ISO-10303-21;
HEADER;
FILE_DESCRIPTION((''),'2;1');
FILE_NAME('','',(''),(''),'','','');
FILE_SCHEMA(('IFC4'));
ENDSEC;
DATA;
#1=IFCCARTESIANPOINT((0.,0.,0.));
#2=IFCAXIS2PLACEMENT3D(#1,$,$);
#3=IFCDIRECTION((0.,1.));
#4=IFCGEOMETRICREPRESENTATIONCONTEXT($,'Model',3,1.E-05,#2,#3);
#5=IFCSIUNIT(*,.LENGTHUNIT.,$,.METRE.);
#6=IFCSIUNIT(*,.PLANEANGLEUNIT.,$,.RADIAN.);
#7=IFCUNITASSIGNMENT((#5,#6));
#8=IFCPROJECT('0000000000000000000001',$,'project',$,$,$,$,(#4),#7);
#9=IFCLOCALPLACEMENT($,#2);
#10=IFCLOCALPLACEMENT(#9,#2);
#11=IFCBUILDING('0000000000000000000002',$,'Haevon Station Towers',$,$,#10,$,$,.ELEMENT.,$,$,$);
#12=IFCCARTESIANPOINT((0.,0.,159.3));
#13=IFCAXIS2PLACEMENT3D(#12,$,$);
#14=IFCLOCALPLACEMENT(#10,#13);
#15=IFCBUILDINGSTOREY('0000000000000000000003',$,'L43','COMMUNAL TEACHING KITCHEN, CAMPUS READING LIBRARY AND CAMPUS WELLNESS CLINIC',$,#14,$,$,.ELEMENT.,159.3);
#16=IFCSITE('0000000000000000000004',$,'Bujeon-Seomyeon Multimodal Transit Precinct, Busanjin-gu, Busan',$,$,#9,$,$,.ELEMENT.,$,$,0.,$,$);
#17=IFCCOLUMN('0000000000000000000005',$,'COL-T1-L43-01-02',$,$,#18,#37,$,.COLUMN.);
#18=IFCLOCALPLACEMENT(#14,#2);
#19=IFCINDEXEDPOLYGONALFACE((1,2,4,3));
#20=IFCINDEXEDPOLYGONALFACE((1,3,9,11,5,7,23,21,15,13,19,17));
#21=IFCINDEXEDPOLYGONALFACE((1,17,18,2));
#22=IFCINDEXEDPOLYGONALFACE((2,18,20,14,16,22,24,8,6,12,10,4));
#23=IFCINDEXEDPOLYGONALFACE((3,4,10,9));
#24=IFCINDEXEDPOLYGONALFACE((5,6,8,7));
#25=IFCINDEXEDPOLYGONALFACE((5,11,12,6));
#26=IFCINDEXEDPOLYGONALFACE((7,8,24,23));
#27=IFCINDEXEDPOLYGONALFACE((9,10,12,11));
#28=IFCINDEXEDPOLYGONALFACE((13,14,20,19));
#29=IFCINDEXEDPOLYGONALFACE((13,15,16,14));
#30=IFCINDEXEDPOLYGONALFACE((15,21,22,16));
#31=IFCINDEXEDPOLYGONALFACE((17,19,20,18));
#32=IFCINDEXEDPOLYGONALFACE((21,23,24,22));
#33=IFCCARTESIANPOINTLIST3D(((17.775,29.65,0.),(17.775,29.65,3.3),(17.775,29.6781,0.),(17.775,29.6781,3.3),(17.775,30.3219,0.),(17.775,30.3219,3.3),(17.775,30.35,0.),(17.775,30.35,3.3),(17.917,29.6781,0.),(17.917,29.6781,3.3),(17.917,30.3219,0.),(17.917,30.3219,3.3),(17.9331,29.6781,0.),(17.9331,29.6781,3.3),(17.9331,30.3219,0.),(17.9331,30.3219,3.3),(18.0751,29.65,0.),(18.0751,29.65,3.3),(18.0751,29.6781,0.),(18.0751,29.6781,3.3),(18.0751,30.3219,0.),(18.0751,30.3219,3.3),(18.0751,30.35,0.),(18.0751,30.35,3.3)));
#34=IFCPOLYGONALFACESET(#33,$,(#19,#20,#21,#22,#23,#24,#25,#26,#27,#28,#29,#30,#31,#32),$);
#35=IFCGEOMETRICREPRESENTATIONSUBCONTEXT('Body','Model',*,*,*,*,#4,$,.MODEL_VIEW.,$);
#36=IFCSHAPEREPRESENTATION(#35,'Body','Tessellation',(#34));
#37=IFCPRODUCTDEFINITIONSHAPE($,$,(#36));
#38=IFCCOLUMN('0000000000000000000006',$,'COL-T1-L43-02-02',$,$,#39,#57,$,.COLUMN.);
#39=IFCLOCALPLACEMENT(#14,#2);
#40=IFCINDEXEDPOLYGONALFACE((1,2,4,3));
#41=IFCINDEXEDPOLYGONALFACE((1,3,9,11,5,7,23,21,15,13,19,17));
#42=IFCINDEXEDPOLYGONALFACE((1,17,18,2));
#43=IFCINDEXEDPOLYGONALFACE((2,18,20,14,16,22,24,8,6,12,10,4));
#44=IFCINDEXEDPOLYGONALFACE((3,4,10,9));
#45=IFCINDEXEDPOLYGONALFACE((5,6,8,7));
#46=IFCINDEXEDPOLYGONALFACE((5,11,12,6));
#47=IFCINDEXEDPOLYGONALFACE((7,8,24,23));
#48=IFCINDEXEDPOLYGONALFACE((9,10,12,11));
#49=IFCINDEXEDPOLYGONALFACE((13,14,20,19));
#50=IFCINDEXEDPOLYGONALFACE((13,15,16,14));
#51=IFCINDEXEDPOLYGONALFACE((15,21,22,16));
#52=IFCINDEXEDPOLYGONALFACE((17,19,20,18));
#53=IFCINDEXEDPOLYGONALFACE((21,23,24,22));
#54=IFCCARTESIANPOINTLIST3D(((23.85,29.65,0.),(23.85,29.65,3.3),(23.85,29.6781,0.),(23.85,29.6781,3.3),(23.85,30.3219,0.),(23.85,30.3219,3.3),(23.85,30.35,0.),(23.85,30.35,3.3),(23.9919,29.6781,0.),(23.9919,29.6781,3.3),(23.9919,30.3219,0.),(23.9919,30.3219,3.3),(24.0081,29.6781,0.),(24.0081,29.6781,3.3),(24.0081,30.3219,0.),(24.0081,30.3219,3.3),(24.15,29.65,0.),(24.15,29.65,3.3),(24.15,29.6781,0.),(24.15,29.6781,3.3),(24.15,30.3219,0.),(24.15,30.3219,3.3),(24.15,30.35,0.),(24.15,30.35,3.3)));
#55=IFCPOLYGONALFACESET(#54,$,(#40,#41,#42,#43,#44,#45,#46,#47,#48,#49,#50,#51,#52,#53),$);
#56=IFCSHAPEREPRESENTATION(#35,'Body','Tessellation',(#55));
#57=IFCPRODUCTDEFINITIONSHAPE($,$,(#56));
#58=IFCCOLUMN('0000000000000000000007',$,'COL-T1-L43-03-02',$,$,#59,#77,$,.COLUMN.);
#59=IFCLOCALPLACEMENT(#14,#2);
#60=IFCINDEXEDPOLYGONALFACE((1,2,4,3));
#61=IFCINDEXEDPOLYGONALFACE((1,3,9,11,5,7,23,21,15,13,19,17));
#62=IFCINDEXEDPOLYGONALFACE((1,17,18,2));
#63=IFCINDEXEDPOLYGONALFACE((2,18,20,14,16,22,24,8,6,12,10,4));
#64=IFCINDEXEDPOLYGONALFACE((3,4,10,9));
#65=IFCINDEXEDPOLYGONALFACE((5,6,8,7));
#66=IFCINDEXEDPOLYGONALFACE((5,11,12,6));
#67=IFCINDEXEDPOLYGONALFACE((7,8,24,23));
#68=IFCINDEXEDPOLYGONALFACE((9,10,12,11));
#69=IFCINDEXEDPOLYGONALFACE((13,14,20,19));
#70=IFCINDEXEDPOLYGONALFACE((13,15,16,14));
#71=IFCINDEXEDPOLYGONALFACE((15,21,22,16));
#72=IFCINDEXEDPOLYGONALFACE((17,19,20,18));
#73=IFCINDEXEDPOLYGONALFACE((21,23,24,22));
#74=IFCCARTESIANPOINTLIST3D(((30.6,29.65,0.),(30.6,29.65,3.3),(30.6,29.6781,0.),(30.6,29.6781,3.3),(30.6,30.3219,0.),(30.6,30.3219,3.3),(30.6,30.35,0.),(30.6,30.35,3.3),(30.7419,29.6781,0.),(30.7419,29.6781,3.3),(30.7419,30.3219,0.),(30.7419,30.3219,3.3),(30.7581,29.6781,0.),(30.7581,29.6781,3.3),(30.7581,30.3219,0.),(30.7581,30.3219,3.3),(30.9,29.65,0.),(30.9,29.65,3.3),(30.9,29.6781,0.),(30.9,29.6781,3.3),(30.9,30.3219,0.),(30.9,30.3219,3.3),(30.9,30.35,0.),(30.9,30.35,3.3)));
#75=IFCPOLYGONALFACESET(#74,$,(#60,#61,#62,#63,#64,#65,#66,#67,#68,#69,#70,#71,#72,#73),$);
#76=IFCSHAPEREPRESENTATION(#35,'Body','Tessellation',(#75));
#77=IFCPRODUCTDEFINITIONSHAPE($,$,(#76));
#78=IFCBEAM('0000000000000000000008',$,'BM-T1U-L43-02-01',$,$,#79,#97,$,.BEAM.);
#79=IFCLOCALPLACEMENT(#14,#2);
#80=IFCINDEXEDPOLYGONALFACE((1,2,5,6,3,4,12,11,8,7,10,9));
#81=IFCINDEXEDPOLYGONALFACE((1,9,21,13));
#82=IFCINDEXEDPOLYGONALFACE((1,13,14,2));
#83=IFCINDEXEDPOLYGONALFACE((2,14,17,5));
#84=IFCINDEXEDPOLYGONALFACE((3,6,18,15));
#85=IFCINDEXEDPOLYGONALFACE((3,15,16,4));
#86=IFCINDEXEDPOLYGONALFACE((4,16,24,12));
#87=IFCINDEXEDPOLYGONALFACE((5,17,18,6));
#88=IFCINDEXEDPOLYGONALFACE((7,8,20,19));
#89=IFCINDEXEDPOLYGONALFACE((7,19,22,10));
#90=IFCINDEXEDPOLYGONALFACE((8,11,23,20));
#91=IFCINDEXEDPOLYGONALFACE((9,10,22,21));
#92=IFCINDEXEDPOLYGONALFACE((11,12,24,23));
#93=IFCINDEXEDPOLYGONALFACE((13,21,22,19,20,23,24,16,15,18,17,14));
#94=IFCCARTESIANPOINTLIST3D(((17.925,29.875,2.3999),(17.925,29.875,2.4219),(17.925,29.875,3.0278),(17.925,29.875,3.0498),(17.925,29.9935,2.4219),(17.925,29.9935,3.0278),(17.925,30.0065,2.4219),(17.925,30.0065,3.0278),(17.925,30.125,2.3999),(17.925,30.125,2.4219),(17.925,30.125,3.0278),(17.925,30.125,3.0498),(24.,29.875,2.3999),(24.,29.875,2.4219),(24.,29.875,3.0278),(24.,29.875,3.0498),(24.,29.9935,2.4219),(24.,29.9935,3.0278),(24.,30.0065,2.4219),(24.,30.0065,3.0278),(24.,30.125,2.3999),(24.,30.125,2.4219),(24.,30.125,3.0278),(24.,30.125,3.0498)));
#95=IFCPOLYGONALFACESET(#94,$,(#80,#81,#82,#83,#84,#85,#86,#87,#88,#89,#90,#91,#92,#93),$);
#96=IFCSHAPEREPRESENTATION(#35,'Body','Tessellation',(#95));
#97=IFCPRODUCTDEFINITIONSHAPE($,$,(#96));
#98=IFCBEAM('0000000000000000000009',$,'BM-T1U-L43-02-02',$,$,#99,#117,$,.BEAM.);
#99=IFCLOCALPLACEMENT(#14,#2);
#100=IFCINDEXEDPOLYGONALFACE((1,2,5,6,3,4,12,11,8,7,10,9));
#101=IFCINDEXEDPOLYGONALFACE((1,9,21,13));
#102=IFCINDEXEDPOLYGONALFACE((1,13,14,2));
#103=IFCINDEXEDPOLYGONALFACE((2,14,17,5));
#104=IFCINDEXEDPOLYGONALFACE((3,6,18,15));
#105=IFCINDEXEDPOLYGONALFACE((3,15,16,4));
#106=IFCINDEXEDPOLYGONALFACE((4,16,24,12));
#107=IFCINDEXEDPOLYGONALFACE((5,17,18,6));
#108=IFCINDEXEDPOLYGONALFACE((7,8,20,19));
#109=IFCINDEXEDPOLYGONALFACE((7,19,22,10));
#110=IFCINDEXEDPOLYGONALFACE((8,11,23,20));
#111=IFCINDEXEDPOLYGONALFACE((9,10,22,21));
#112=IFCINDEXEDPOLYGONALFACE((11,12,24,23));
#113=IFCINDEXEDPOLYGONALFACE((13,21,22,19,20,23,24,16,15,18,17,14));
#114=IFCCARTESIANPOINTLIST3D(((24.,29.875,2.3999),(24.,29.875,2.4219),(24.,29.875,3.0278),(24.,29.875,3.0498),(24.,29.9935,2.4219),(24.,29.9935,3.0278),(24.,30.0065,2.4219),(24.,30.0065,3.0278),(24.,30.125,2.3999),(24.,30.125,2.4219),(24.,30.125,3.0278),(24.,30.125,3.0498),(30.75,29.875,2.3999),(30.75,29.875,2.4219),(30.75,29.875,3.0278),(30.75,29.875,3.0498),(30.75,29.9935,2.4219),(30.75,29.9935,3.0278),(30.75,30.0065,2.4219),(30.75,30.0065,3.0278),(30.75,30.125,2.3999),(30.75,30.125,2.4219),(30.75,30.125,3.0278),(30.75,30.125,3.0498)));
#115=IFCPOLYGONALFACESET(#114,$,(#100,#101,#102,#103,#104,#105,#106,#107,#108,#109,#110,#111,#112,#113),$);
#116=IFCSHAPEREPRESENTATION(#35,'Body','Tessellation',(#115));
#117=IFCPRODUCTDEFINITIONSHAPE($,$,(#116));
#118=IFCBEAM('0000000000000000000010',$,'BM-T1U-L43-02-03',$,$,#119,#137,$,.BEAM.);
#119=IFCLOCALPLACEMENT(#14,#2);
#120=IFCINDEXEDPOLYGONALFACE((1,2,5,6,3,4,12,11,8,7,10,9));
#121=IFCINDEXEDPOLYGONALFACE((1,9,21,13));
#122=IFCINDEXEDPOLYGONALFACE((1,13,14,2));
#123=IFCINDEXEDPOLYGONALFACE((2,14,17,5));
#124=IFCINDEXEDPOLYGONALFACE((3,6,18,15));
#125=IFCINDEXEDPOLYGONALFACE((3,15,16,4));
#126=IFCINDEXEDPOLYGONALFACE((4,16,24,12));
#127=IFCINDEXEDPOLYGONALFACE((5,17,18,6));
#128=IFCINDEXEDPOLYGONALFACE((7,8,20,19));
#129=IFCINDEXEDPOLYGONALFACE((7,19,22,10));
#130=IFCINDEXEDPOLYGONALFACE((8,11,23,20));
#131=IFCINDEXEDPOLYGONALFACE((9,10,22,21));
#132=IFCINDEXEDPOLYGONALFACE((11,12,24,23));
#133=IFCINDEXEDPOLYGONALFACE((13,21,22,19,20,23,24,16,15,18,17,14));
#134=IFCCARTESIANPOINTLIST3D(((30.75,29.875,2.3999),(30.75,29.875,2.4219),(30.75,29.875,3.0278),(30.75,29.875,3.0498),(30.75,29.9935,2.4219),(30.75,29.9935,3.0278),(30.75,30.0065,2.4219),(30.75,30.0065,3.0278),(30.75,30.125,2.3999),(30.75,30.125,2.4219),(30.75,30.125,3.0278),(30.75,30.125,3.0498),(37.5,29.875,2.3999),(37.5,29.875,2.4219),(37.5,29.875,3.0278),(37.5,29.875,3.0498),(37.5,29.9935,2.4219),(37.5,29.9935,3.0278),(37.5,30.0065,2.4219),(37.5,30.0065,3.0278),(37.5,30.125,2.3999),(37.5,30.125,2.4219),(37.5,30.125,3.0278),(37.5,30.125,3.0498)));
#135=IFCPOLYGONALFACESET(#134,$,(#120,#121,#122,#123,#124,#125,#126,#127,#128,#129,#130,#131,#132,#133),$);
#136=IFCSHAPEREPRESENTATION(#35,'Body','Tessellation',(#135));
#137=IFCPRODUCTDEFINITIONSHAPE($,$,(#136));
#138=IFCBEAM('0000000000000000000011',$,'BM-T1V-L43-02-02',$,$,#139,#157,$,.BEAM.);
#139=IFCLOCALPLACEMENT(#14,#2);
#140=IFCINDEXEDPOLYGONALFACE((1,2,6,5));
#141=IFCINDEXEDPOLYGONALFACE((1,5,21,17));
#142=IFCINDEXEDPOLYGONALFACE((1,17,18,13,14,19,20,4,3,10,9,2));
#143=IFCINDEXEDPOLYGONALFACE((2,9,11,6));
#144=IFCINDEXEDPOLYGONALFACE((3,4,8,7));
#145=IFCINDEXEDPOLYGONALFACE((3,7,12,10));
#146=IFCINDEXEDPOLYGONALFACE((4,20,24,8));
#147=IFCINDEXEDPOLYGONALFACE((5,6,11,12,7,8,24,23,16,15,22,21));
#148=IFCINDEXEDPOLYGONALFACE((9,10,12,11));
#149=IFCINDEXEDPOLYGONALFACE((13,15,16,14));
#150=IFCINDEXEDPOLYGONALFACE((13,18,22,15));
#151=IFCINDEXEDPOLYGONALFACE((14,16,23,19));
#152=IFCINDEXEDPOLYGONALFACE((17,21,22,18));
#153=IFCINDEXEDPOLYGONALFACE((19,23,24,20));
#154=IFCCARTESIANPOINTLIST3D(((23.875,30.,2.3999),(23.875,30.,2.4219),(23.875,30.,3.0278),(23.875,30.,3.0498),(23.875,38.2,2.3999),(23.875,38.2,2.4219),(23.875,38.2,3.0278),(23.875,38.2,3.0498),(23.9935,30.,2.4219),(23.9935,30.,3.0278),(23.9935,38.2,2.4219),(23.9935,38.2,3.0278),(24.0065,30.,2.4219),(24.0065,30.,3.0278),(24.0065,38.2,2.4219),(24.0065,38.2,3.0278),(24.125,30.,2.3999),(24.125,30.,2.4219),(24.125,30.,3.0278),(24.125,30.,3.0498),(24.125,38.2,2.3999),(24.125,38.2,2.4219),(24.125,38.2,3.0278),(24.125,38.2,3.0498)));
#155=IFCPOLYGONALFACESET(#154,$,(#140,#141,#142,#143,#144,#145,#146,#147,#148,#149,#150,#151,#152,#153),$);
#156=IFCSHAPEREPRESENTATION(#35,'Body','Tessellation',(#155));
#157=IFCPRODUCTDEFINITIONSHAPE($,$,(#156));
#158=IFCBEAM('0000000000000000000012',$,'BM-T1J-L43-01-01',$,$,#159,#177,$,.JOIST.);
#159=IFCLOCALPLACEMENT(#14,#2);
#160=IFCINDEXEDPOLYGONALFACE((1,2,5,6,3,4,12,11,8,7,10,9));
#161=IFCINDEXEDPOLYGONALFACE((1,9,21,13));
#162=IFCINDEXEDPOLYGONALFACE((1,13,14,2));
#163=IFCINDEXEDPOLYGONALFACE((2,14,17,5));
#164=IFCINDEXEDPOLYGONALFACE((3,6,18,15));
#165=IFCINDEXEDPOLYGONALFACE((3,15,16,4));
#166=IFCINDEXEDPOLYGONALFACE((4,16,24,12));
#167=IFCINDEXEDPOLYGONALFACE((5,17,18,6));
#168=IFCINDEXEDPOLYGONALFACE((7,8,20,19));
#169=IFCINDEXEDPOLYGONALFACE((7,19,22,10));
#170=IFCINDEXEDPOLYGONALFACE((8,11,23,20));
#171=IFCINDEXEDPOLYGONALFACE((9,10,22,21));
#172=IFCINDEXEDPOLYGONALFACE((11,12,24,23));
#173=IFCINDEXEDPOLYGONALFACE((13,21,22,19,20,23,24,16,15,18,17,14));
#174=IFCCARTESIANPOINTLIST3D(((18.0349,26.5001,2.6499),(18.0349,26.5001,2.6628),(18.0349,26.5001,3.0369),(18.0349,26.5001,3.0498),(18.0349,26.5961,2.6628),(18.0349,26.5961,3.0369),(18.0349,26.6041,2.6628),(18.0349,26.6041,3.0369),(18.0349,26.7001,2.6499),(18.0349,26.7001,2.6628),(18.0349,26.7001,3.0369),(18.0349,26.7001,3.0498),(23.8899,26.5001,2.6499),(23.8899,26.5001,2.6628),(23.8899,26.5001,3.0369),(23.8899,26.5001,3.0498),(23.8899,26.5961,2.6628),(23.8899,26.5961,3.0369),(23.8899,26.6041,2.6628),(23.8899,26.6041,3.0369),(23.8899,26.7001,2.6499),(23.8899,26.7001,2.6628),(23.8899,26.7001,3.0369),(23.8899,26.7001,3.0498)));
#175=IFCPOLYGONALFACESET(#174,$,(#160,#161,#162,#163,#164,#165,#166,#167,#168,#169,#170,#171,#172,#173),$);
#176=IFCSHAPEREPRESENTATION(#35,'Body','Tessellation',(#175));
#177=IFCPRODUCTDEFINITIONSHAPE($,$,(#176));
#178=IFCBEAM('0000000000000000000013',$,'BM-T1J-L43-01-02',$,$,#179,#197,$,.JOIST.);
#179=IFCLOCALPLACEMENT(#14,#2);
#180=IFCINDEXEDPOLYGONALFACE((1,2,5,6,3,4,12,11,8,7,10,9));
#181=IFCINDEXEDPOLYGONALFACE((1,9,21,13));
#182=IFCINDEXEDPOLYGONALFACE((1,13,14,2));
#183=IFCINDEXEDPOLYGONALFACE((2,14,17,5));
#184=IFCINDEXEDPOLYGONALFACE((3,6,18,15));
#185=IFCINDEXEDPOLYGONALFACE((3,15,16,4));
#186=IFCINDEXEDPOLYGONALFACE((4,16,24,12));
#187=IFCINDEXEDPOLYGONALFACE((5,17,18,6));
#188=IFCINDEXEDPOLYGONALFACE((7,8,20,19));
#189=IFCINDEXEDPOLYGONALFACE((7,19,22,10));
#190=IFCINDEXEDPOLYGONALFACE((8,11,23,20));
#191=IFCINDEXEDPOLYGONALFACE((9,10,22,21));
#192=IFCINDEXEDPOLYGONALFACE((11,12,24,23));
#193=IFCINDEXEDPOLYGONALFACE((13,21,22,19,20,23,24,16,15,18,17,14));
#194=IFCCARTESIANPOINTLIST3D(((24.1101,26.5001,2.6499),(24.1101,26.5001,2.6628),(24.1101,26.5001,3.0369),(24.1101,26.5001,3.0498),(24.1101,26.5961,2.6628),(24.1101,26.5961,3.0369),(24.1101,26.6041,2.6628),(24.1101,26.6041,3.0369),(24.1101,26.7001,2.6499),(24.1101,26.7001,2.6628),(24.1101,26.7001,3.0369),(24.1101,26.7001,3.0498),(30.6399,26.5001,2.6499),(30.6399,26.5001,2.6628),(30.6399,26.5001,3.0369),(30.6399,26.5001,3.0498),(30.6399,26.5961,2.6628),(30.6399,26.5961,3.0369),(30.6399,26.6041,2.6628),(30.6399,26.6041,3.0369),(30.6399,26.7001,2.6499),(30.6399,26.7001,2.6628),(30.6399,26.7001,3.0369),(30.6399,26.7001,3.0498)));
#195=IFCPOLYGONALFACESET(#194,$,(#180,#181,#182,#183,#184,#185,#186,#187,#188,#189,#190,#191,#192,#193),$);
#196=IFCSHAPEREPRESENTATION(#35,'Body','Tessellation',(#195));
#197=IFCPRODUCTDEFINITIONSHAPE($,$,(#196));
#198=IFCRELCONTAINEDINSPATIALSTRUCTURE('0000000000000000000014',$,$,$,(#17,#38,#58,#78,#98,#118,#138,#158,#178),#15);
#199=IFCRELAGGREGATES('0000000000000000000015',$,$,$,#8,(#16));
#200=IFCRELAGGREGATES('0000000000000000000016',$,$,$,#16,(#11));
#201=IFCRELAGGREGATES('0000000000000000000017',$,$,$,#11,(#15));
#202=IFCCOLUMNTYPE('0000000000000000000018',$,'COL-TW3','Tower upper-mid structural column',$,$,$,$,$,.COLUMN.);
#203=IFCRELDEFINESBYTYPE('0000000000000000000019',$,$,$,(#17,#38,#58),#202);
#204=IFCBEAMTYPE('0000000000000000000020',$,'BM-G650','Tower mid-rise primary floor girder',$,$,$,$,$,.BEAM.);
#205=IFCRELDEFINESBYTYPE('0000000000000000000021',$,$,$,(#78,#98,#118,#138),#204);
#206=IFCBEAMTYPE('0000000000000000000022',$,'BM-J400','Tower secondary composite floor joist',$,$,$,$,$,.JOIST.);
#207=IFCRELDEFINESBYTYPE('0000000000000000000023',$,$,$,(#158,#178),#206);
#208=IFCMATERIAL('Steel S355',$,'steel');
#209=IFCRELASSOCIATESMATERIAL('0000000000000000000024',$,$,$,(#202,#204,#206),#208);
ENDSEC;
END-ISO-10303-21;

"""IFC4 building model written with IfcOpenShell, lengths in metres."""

from ifc_helpers import new_model, si_unit, direction, frame, origin, origin_2d, place, context, subcontext, project, spatial, i_section, extrude, material, material_profile, profile_set, type_object, element, save


model = new_model("IFC4")

# Units and contexts
model_context = context("Model", 3, precision=1e-05, world=origin(), true_north=direction((0.0, 1.0)))
body_context = subcontext(model_context, "Body", "Model", "MODEL_VIEW")
ifc_project = project(units=[si_unit("LENGTHUNIT", "METRE"), si_unit("PLANEANGLEUNIT", "RADIAN")], contexts=[model_context])

# Site, building, storey
site_placement = place(None, origin())
site = spatial("IfcSite", under=ifc_project, at=site_placement, Name="Bujeon-Seomyeon Multimodal Transit Precinct, Busanjin-gu, Busan", CompositionType="ELEMENT", RefElevation=0.0)
building_placement = place(site_placement, origin())
building = spatial("IfcBuilding", under=site, at=building_placement, Name="Haevon Station Towers", CompositionType="ELEMENT")
storey_placement = place(building_placement, frame((0.0, 0.0, 159.3)))
storey = spatial("IfcBuildingStorey", under=building, at=storey_placement, Name="L43", Description="COMMUNAL TEACHING KITCHEN, CAMPUS READING LIBRARY AND CAMPUS WELLNESS CLINIC", CompositionType="ELEMENT", Elevation=159.3)

# Columns
ifc_material_1 = material(Name="Steel S355", Category="steel")
ifc_material_profile_1 = material_profile(ifc_material_1, i_section(OverallWidth=0.3, OverallDepth=0.7, WebThickness=0.0161, FlangeThickness=0.0281, at=origin_2d()), Name="H-700x300x16x28")
ifc_profile_set_1 = profile_set([ifc_material_profile_1], Name="Steel S355")
column_type = type_object("IfcColumnType", Name="COL-TW3", Description="Tower upper-mid structural column", PredefinedType="COLUMN", material=ifc_profile_set_1)
for number, where, z_axis, x_axis, name in (
    (1, (17.925, 30.0, 0.0), (0.0, 0.0, 1.0), (1.0, 0.0, 0.0), "COL-T1-L43-01-02"),
    (2, (24.0, 30.0, 0.0), (0.0, 0.0, 1.0), (1.0, 0.0, 0.0), "COL-T1-L43-02-02"),
    (3, (30.75, 30.0, 0.0), (0.0, 0.0, 1.0), (1.0, 0.0, 0.0), "COL-T1-L43-03-02"),
):
    element("IfcColumn", number, at=place(storey_placement, frame(where, z_axis=z_axis, x_axis=x_axis)), inside=storey, type_object=column_type, Name=name, PredefinedType="COLUMN", context=body_context, shape_type="SweptSolid", body=[
        extrude(i_section(OverallWidth=0.3, OverallDepth=0.7, WebThickness=0.0161, FlangeThickness=0.0281, at=origin_2d()), origin(), (0.0, 0.0, 1.0), 3.3),
    ])

# Beams
ifc_material_profile_2 = material_profile(ifc_material_1, i_section(OverallWidth=0.25, OverallDepth=0.6499, WebThickness=0.0129, FlangeThickness=0.022, at=origin_2d()), Name="H-650x250x13x22")
ifc_profile_set_2 = profile_set([ifc_material_profile_2], Name="Steel S355")
beam_type_1 = type_object("IfcBeamType", Name="BM-G650", Description="Tower mid-rise primary floor girder", PredefinedType="BEAM", material=ifc_profile_set_2)
beam_1_placement = place(storey_placement, frame((17.925, 30.0, 2.7249), z_axis=(1.0, 0.0, 0.0), x_axis=(0.0, 1.0, 0.0)))
element("IfcBeam", 4, at=beam_1_placement, inside=storey, type_object=beam_type_1, Name="BM-T1U-L43-02-01", PredefinedType="BEAM", context=body_context, shape_type="SweptSolid", body=[
    extrude(i_section(OverallWidth=0.25, OverallDepth=0.6499, WebThickness=0.0129, FlangeThickness=0.022, at=origin_2d()), origin(), (0.0, 0.0, 1.0), 6.075),
])
for number, where, z_axis, x_axis, name in (
    (5, (24.0, 30.0, 2.7249), (1.0, 0.0, 0.0), (0.0, 1.0, 0.0), "BM-T1U-L43-02-02"),
    (6, (30.75, 30.0, 2.7249), (1.0, 0.0, 0.0), (0.0, 1.0, 0.0), "BM-T1U-L43-02-03"),
):
    element("IfcBeam", number, at=place(storey_placement, frame(where, z_axis=z_axis, x_axis=x_axis)), inside=storey, type_object=beam_type_1, Name=name, PredefinedType="BEAM", context=body_context, shape_type="SweptSolid", body=[
        extrude(i_section(OverallWidth=0.25, OverallDepth=0.6499, WebThickness=0.0129, FlangeThickness=0.022, at=origin_2d()), origin(), (0.0, 0.0, 1.0), 6.75),
    ])
beam_2_placement = place(storey_placement, frame((24.0, 30.0, 2.7249), z_axis=(0.0, 1.0, 0.0), x_axis=(-1.0, 0.0, 0.0)))
element("IfcBeam", 7, at=beam_2_placement, inside=storey, type_object=beam_type_1, Name="BM-T1V-L43-02-02", PredefinedType="BEAM", context=body_context, shape_type="SweptSolid", body=[
    extrude(i_section(OverallWidth=0.25, OverallDepth=0.6499, WebThickness=0.0129, FlangeThickness=0.022, at=origin_2d()), origin(), (0.0, 0.0, 1.0), 8.2),
])
ifc_material_profile_3 = material_profile(ifc_material_1, i_section(OverallWidth=0.2, OverallDepth=0.3999, WebThickness=0.0081, FlangeThickness=0.0129, at=origin_2d()), Name="H-400x200x8x13")
ifc_profile_set_3 = profile_set([ifc_material_profile_3], Name="Steel S355")
beam_type_2 = type_object("IfcBeamType", Name="BM-J400", Description="Tower secondary composite floor joist", PredefinedType="JOIST", material=ifc_profile_set_3)
beam_3_placement = place(storey_placement, frame((18.0349, 26.6001, 2.8499), z_axis=(1.0, 0.0, 0.0), x_axis=(0.0, 1.0, 0.0)))
element("IfcBeam", 8, at=beam_3_placement, inside=storey, type_object=beam_type_2, Name="BM-T1J-L43-01-01", PredefinedType="JOIST", context=body_context, shape_type="SweptSolid", body=[
    extrude(i_section(OverallWidth=0.2, OverallDepth=0.3999, WebThickness=0.0081, FlangeThickness=0.0129, at=origin_2d()), origin(), (0.0, 0.0, 1.0), 5.855),
])
beam_4_placement = place(storey_placement, frame((24.1101, 26.6001, 2.8499), z_axis=(1.0, 0.0, 0.0), x_axis=(0.0, 1.0, 0.0)))
element("IfcBeam", 9, at=beam_4_placement, inside=storey, type_object=beam_type_2, Name="BM-T1J-L43-01-02", PredefinedType="JOIST", context=body_context, shape_type="SweptSolid", body=[
    extrude(i_section(OverallWidth=0.2, OverallDepth=0.3999, WebThickness=0.0081, FlangeThickness=0.0129, at=origin_2d()), origin(), (0.0, 0.0, 1.0), 6.5298),
])

save(model, "model.ifc")
